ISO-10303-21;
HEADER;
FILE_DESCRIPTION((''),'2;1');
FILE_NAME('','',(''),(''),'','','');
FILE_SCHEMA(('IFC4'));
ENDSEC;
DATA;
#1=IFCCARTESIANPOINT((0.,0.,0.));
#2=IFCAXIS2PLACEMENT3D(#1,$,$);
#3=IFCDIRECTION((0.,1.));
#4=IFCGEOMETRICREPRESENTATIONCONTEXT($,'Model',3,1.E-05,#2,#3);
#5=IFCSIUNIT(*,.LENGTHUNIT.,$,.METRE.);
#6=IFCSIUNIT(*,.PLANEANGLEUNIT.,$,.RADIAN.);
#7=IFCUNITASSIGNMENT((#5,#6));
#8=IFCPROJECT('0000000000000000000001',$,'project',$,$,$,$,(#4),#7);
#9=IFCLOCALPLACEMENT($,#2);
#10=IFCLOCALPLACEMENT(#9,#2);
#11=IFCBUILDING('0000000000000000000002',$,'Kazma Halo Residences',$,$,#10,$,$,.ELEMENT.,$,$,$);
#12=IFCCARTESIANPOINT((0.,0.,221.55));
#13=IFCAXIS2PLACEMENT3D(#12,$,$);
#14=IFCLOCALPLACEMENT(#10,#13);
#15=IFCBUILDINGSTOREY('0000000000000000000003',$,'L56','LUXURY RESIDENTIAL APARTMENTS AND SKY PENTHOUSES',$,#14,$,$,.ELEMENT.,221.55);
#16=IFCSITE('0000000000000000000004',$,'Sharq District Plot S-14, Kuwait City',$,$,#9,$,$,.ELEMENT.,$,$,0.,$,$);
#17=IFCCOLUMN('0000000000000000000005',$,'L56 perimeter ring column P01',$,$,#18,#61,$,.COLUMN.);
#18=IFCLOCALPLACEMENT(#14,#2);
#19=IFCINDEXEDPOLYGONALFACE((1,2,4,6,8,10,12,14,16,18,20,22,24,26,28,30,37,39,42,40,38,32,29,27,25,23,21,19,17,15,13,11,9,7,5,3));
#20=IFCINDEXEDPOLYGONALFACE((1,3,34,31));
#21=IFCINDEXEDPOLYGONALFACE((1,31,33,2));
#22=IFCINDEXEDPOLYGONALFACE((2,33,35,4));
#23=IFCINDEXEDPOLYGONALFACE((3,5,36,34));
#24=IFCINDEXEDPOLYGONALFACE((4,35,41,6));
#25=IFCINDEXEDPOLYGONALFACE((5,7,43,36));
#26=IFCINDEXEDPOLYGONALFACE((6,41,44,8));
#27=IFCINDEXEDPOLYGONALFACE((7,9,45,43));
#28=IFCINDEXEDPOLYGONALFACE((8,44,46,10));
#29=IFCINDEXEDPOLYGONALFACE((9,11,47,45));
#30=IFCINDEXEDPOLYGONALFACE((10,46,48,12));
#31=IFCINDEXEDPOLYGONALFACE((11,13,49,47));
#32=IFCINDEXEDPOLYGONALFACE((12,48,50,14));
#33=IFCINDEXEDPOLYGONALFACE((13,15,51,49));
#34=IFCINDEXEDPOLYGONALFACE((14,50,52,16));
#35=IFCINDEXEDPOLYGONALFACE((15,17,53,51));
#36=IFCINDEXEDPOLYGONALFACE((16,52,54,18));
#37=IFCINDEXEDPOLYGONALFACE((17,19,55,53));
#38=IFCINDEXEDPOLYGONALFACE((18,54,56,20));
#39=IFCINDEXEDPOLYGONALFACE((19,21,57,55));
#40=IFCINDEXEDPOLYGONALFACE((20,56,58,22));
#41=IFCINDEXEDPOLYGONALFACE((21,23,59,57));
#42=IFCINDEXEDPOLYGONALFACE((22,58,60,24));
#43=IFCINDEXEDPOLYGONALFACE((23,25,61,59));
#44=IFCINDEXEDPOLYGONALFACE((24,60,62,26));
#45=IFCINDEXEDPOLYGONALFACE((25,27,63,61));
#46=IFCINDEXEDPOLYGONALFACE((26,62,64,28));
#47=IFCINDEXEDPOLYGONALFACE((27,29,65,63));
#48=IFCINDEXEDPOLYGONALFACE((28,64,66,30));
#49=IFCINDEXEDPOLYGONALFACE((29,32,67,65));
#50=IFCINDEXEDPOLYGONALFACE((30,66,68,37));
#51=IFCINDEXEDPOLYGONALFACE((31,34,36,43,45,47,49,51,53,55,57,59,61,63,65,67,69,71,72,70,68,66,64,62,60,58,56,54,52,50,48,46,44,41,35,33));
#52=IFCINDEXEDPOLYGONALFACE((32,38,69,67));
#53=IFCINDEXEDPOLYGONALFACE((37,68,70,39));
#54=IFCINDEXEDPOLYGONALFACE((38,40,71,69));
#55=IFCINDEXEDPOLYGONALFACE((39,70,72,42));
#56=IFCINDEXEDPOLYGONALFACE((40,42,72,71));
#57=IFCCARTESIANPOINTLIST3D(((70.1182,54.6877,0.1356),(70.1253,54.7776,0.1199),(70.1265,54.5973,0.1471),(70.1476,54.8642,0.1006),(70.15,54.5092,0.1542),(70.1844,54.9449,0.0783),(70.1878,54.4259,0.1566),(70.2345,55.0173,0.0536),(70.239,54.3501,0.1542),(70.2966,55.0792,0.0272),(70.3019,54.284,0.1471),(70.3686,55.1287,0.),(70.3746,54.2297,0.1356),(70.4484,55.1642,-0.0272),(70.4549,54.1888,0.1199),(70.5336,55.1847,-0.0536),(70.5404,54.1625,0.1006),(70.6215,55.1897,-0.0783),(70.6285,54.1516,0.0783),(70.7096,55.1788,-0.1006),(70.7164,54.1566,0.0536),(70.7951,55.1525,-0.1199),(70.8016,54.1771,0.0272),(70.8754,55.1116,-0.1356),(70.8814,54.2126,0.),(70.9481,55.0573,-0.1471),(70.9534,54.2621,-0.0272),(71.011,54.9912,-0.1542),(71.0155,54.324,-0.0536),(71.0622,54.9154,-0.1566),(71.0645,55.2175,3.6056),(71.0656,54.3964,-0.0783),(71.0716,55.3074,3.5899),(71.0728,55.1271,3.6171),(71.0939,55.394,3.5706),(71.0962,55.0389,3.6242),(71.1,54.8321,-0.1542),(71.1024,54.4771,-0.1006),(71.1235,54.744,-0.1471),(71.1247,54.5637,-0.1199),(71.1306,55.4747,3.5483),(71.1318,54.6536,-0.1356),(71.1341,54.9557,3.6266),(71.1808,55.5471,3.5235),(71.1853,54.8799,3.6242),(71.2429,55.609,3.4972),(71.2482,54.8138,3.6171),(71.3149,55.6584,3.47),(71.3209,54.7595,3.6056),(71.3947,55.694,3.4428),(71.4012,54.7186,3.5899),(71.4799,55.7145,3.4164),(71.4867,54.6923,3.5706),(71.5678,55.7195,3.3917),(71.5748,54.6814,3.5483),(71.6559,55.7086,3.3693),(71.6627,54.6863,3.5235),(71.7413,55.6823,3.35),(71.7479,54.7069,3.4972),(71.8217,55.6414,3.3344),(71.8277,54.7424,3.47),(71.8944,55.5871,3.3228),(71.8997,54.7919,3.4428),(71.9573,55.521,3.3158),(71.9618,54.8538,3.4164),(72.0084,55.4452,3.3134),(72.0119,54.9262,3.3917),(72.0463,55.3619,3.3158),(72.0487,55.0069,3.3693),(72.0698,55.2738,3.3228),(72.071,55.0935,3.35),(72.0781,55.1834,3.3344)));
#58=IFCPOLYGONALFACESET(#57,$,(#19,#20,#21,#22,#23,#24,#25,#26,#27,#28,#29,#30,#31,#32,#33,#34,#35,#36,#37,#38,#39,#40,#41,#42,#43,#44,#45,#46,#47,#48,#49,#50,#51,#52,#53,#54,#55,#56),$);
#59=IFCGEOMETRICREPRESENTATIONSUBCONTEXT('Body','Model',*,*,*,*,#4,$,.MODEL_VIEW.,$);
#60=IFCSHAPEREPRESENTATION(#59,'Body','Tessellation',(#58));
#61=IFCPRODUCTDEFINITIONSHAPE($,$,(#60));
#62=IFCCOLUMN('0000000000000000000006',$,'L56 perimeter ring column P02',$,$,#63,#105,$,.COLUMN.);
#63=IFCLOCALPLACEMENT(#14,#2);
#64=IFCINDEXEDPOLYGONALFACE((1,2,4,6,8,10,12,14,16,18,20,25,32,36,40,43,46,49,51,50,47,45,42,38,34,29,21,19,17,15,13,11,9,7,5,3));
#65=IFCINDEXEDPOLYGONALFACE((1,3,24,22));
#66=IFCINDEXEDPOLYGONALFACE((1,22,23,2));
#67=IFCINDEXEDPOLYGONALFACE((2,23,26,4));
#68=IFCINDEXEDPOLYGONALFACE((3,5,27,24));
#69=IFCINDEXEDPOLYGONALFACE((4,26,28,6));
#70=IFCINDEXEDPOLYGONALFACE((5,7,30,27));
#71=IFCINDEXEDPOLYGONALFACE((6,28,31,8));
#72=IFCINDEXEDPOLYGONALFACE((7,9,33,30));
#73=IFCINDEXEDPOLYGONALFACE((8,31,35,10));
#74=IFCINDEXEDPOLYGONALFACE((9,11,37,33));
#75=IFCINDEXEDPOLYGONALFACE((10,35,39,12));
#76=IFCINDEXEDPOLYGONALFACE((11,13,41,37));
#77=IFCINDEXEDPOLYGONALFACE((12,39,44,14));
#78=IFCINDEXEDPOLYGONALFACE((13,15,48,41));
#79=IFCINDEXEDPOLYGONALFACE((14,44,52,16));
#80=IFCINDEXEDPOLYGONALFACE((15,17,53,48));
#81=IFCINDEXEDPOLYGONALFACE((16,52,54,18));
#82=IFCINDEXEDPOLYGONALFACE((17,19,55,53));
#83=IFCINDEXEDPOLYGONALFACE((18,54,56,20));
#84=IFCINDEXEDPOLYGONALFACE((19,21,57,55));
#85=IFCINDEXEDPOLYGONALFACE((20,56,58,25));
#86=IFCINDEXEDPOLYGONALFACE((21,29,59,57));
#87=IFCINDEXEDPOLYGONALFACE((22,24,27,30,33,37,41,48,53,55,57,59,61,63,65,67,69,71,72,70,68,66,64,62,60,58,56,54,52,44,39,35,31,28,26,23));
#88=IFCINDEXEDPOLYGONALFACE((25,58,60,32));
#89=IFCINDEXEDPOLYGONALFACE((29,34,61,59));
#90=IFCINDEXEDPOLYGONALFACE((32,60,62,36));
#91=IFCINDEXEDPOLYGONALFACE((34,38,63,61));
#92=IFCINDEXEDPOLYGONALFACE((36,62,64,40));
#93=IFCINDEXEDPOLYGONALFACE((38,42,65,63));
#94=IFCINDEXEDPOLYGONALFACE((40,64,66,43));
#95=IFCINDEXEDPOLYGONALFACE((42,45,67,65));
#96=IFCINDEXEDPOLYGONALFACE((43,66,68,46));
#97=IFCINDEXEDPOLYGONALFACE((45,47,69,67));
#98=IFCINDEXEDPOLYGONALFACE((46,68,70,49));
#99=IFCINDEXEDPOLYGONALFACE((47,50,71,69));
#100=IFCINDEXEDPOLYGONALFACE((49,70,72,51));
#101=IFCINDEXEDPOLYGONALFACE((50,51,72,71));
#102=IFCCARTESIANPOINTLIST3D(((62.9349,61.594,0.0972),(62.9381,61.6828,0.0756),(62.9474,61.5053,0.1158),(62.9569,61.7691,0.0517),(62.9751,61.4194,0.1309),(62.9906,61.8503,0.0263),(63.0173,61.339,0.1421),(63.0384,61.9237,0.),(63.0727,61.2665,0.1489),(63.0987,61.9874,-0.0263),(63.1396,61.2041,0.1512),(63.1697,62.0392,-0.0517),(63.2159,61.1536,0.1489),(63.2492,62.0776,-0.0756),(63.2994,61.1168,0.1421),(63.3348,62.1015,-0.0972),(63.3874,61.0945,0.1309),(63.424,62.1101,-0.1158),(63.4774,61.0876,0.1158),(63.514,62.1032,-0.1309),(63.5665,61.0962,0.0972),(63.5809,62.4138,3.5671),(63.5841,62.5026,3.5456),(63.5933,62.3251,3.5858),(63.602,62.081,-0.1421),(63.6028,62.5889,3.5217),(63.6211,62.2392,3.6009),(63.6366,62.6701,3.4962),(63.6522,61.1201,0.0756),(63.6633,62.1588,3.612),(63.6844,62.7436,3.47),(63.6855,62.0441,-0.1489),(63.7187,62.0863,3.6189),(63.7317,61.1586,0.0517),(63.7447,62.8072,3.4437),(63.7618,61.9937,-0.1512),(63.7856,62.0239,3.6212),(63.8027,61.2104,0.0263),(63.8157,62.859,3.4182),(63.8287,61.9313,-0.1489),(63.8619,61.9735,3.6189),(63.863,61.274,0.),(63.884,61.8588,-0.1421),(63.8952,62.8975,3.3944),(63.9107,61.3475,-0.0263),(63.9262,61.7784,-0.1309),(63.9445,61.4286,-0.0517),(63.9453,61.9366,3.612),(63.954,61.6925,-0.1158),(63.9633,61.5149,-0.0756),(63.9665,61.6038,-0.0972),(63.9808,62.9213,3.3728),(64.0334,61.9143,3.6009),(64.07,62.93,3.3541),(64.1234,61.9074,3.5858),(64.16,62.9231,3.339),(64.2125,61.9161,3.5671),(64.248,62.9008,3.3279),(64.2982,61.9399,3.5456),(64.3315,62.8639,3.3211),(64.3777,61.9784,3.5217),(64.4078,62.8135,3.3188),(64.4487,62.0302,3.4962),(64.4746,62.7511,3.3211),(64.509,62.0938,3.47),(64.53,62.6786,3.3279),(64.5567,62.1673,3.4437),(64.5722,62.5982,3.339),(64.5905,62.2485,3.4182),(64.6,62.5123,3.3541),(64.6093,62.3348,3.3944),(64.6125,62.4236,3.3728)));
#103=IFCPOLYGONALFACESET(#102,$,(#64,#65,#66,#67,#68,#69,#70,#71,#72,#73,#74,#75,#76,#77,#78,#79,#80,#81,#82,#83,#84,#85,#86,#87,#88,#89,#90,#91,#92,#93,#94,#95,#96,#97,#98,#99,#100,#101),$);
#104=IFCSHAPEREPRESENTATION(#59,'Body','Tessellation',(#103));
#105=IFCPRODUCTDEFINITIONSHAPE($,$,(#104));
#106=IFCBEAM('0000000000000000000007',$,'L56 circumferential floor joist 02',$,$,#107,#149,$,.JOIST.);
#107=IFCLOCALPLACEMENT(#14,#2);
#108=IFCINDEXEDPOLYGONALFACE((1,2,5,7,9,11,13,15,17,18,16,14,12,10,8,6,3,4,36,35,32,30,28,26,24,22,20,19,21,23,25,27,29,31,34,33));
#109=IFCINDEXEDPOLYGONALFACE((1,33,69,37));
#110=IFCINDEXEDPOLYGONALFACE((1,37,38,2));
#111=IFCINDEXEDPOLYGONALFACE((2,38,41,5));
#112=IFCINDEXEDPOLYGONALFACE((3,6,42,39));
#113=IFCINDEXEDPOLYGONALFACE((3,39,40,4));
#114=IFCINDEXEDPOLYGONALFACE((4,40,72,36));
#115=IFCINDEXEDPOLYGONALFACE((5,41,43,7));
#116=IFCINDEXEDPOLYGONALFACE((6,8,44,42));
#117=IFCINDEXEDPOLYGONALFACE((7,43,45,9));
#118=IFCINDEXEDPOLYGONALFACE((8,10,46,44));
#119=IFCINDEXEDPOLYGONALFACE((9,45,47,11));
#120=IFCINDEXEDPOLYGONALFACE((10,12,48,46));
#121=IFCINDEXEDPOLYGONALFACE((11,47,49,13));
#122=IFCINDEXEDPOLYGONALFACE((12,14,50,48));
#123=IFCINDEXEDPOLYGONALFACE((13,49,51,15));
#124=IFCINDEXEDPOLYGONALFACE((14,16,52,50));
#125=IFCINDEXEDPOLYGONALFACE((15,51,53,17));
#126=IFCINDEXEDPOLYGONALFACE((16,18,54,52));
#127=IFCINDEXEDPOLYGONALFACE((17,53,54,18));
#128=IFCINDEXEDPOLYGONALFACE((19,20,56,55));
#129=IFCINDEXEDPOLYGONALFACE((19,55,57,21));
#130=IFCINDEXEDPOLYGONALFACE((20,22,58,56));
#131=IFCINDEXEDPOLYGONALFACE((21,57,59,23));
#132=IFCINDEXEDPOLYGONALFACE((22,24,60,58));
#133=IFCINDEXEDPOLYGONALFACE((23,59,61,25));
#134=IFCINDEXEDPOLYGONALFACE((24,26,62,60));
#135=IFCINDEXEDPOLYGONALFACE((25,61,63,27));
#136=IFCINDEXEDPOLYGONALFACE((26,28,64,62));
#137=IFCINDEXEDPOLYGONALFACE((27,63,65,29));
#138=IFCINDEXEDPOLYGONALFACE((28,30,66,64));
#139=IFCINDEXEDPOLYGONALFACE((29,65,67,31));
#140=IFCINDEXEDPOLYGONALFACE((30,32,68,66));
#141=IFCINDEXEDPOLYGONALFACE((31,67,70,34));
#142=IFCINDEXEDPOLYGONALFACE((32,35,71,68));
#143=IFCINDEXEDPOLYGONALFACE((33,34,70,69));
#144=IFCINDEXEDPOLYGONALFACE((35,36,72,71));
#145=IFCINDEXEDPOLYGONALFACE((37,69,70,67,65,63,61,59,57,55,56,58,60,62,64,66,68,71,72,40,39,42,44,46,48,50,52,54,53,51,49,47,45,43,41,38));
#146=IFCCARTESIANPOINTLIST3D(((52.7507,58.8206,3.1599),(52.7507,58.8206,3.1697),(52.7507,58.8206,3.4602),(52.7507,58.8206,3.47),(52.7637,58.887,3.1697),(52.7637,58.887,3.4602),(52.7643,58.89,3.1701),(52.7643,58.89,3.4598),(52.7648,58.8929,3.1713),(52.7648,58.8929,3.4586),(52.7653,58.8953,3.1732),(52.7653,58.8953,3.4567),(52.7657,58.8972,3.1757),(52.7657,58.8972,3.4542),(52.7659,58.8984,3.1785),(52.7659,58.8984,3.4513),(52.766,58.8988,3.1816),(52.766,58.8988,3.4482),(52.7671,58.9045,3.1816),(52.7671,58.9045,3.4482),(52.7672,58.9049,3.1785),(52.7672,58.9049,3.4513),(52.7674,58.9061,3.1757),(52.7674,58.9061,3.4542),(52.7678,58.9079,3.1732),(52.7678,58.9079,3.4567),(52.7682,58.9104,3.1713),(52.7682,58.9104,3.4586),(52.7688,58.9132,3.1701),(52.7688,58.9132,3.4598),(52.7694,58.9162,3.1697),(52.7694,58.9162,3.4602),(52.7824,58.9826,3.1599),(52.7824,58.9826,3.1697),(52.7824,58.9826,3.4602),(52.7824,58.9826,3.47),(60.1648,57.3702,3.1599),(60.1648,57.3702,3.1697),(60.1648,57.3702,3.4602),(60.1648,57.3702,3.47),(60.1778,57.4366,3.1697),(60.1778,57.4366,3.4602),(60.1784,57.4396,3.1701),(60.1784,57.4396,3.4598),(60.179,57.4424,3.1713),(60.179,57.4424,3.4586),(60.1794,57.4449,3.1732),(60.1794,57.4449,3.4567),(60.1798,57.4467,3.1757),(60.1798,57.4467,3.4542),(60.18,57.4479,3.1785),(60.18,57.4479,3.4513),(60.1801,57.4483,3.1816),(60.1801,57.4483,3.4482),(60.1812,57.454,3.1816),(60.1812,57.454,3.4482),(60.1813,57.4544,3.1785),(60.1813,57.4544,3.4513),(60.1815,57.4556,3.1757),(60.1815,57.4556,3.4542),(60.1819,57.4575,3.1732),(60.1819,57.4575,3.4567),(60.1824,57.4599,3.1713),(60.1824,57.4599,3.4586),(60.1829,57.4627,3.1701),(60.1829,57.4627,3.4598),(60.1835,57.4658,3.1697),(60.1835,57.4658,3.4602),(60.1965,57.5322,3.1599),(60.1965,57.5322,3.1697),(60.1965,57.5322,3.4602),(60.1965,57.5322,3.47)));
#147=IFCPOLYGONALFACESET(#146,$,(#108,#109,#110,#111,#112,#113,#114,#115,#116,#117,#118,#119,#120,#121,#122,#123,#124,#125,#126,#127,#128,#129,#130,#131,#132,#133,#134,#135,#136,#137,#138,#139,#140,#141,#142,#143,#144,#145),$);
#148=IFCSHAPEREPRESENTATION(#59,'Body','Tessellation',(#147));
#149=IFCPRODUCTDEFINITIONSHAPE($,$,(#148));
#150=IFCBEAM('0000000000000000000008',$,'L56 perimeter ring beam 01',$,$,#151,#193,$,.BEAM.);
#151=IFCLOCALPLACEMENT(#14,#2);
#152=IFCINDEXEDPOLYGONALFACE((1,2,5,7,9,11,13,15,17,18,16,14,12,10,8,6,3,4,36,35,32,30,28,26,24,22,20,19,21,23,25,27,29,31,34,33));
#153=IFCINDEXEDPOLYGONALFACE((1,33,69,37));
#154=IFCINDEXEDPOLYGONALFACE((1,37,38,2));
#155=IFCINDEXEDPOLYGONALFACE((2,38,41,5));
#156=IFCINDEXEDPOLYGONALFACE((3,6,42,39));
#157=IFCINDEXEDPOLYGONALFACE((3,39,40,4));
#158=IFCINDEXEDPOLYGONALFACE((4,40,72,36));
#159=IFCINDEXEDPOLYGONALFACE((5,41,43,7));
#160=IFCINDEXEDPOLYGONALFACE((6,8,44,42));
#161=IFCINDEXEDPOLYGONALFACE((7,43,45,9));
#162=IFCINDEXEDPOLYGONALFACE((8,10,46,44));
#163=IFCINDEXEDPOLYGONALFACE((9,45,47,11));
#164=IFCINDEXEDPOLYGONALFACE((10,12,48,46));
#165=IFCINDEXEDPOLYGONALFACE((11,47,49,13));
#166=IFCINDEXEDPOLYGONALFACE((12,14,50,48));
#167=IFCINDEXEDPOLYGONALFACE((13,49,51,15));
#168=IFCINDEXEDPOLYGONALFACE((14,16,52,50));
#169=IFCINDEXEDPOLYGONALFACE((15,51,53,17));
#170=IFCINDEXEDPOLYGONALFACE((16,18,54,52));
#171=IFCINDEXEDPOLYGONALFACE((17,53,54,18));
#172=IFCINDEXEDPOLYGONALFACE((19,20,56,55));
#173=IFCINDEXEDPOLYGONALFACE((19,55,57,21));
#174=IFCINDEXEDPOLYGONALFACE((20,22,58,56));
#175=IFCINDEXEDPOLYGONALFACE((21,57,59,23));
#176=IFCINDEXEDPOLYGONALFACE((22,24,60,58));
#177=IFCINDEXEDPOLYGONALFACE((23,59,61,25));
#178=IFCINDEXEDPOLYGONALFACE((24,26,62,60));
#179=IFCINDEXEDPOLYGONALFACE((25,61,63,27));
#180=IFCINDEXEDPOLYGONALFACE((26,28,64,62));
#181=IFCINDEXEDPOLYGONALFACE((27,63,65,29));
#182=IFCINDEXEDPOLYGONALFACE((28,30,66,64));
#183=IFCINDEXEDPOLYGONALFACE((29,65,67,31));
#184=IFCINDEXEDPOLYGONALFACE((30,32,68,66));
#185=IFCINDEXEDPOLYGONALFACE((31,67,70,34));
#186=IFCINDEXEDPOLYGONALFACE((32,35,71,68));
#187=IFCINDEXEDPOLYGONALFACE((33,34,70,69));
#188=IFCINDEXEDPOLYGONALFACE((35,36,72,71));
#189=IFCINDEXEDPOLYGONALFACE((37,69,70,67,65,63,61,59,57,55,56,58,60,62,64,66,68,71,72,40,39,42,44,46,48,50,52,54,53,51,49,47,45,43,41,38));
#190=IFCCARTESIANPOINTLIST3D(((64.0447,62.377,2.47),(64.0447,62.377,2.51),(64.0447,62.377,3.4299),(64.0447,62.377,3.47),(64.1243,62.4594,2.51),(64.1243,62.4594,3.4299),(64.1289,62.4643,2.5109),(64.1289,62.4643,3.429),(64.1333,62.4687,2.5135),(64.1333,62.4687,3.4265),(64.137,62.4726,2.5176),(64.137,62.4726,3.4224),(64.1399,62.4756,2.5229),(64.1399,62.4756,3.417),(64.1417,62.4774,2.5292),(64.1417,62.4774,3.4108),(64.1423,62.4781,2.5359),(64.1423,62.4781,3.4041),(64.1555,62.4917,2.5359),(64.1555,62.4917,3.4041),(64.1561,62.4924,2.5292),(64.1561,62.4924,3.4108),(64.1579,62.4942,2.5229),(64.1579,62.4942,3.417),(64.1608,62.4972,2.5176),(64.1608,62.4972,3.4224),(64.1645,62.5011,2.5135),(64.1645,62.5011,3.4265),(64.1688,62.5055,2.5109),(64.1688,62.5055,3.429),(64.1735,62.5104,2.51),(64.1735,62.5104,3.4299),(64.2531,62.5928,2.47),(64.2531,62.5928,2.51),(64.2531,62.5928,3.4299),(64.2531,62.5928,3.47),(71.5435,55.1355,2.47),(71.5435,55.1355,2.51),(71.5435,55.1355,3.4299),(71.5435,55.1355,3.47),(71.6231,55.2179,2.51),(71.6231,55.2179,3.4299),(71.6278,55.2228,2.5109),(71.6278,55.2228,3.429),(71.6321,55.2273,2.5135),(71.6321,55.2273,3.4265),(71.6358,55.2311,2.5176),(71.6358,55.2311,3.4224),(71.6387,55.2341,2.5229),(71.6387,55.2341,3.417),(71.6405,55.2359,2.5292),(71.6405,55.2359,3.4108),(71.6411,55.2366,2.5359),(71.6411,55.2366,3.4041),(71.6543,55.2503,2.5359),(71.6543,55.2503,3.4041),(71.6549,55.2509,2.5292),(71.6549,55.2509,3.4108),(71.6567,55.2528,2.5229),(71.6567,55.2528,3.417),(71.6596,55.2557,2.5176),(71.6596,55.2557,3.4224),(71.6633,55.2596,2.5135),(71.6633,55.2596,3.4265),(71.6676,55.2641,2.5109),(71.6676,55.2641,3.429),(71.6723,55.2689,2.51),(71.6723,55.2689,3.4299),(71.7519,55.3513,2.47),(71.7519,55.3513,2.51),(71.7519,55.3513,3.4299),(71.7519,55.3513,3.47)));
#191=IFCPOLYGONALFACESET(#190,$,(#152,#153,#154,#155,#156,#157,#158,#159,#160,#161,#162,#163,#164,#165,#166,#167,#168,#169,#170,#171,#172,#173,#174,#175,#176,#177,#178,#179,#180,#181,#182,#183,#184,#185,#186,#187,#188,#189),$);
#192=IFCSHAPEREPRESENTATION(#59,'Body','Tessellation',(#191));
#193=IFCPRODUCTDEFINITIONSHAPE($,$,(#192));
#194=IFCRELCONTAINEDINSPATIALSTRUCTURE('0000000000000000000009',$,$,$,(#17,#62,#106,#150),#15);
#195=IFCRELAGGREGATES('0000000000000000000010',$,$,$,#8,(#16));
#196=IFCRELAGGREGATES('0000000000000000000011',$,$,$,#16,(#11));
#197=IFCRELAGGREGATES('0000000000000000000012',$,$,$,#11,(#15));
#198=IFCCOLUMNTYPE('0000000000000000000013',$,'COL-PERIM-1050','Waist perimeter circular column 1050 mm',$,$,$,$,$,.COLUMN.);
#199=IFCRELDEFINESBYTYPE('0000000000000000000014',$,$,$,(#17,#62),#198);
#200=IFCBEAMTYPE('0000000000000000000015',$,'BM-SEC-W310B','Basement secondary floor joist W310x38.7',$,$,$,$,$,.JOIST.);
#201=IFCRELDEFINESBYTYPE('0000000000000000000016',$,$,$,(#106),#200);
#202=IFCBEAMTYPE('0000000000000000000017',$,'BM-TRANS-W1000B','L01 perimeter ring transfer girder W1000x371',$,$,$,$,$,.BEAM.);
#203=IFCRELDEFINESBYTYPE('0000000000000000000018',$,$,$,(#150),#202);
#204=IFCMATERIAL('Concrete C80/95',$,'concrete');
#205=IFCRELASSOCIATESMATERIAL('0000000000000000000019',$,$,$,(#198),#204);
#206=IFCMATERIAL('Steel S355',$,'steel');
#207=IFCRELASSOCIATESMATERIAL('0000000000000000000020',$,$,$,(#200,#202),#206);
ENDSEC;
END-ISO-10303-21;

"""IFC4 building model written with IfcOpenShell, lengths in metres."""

from ifc_helpers import new_model, si_unit, direction, frame, origin, origin_2d, place, context, subcontext, project, spatial, circle, i_section, extrude, material, material_profile, profile_set, type_object, element, save


model = new_model("IFC4")

# Units and contexts
model_context = context("Model", 3, precision=1e-05, world=origin(), true_north=direction((0.0, 1.0)))
body_context = subcontext(model_context, "Body", "Model", "MODEL_VIEW")
ifc_project = project(units=[si_unit("LENGTHUNIT", "METRE"), si_unit("PLANEANGLEUNIT", "RADIAN")], contexts=[model_context])

# Site, building, storey
site_placement = place(None, origin())
site = spatial("IfcSite", under=ifc_project, at=site_placement, Name="Sharq District Plot S-14, Kuwait City", CompositionType="ELEMENT", RefElevation=0.0)
building_placement = place(site_placement, origin())
building = spatial("IfcBuilding", under=site, at=building_placement, Name="Kazma Halo Residences", CompositionType="ELEMENT")
storey_placement = place(building_placement, frame((0.0, 0.0, 221.55)))
storey = spatial("IfcBuildingStorey", under=building, at=storey_placement, Name="L56", Description="LUXURY RESIDENTIAL APARTMENTS AND SKY PENTHOUSES", CompositionType="ELEMENT", Elevation=221.55)

# Columns
ifc_material_1 = material(Name="Concrete C80/95", Category="concrete")
ifc_material_profile_1 = material_profile(ifc_material_1, circle(Radius=0.5249, at=origin_2d()), Name="CIRC1050")
ifc_profile_set_1 = profile_set([ifc_material_profile_1], Name="Concrete C80/95")
column_type = type_object("IfcColumnType", Name="COL-PERIM-1050", Description="Waist perimeter circular column 1050 mm", PredefinedType="COLUMN", material=ifc_profile_set_1)
column_1_placement = place(storey_placement, frame((70.625, 54.6707, 0.0), z_axis=(0.260292, 0.145726, 0.95447), x_axis=(-0.488507, 0.87256, 0.0)))
element("IfcColumn", 1, at=column_1_placement, inside=storey, type_object=column_type, Name="L56 perimeter ring column P01", PredefinedType="COLUMN", context=body_context, shape_type="SweptSolid", body=[
    extrude(circle(Radius=0.5249, at=origin_2d()), origin(), (0.0, 0.0, 1.0), 3.6355),
])
column_2_placement = place(storey_placement, frame((63.4507, 61.5989, 0.0), z_axis=(0.178277, 0.226249, 0.957616), x_axis=(-0.785457, 0.618916, 0.0)))
element("IfcColumn", 2, at=column_2_placement, inside=storey, type_object=column_type, Name="L56 perimeter ring column P02", PredefinedType="COLUMN", context=body_context, shape_type="SweptSolid", body=[
    extrude(circle(Radius=0.5249, at=origin_2d()), origin(), (0.0, 0.0, 1.0), 3.6235),
])

# Beams
ifc_material_2 = material(Name="Steel S355", Category="steel")
ifc_material_profile_2 = material_profile(ifc_material_2, i_section(OverallWidth=0.165, OverallDepth=0.3101, WebThickness=0.0059, FlangeThickness=0.0098, FilletRadius=0.012, at=origin_2d()), Name="W310x38.7")
ifc_profile_set_2 = profile_set([ifc_material_profile_2], Name="Steel S355")
beam_type_1 = type_object("IfcBeamType", Name="BM-SEC-W310B", Description="Basement secondary floor joist W310x38.7", PredefinedType="JOIST", material=ifc_profile_set_2)
beam_1_placement = place(storey_placement, frame((60.1807, 57.4512, 3.3149), z_axis=(-0.981396, 0.191994, 0.0), x_axis=(-0.191994, -0.981396, 0.0)))
element("IfcBeam", 3, at=beam_1_placement, inside=storey, type_object=beam_type_1, Name="L56 circumferential floor joist 02", PredefinedType="JOIST", context=body_context, shape_type="SweptSolid", body=[
    extrude(i_section(OverallWidth=0.165, OverallDepth=0.3101, WebThickness=0.0059, FlangeThickness=0.0098, FilletRadius=0.012, at=origin_2d()), origin(), (0.0, 0.0, 1.0), 7.5547),
])
ifc_material_profile_3 = material_profile(ifc_material_2, i_section(OverallWidth=0.3, OverallDepth=1.0, WebThickness=0.019, FlangeThickness=0.04, FilletRadius=0.0259, at=origin_2d()), Name="W1000x371")
ifc_profile_set_3 = profile_set([ifc_material_profile_3], Name="Steel S355")
beam_type_2 = type_object("IfcBeamType", Name="BM-TRANS-W1000B", Description="L01 perimeter ring transfer girder W1000x371", PredefinedType="BEAM", material=ifc_profile_set_3)
beam_2_placement = place(storey_placement, frame((71.6477, 55.2434, 2.97), z_axis=(-0.719341, 0.694657, 0.0), x_axis=(-0.694657, -0.719341, 0.0)))
element("IfcBeam", 4, at=beam_2_placement, inside=storey, type_object=beam_type_2, Name="L56 perimeter ring beam 01", PredefinedType="BEAM", context=body_context, shape_type="SweptSolid", body=[
    extrude(i_section(OverallWidth=0.3, OverallDepth=1.0, WebThickness=0.019, FlangeThickness=0.04, FilletRadius=0.0259, at=origin_2d()), origin(), (0.0, 0.0, 1.0), 10.4246),
])

save(model, "model.ifc")
